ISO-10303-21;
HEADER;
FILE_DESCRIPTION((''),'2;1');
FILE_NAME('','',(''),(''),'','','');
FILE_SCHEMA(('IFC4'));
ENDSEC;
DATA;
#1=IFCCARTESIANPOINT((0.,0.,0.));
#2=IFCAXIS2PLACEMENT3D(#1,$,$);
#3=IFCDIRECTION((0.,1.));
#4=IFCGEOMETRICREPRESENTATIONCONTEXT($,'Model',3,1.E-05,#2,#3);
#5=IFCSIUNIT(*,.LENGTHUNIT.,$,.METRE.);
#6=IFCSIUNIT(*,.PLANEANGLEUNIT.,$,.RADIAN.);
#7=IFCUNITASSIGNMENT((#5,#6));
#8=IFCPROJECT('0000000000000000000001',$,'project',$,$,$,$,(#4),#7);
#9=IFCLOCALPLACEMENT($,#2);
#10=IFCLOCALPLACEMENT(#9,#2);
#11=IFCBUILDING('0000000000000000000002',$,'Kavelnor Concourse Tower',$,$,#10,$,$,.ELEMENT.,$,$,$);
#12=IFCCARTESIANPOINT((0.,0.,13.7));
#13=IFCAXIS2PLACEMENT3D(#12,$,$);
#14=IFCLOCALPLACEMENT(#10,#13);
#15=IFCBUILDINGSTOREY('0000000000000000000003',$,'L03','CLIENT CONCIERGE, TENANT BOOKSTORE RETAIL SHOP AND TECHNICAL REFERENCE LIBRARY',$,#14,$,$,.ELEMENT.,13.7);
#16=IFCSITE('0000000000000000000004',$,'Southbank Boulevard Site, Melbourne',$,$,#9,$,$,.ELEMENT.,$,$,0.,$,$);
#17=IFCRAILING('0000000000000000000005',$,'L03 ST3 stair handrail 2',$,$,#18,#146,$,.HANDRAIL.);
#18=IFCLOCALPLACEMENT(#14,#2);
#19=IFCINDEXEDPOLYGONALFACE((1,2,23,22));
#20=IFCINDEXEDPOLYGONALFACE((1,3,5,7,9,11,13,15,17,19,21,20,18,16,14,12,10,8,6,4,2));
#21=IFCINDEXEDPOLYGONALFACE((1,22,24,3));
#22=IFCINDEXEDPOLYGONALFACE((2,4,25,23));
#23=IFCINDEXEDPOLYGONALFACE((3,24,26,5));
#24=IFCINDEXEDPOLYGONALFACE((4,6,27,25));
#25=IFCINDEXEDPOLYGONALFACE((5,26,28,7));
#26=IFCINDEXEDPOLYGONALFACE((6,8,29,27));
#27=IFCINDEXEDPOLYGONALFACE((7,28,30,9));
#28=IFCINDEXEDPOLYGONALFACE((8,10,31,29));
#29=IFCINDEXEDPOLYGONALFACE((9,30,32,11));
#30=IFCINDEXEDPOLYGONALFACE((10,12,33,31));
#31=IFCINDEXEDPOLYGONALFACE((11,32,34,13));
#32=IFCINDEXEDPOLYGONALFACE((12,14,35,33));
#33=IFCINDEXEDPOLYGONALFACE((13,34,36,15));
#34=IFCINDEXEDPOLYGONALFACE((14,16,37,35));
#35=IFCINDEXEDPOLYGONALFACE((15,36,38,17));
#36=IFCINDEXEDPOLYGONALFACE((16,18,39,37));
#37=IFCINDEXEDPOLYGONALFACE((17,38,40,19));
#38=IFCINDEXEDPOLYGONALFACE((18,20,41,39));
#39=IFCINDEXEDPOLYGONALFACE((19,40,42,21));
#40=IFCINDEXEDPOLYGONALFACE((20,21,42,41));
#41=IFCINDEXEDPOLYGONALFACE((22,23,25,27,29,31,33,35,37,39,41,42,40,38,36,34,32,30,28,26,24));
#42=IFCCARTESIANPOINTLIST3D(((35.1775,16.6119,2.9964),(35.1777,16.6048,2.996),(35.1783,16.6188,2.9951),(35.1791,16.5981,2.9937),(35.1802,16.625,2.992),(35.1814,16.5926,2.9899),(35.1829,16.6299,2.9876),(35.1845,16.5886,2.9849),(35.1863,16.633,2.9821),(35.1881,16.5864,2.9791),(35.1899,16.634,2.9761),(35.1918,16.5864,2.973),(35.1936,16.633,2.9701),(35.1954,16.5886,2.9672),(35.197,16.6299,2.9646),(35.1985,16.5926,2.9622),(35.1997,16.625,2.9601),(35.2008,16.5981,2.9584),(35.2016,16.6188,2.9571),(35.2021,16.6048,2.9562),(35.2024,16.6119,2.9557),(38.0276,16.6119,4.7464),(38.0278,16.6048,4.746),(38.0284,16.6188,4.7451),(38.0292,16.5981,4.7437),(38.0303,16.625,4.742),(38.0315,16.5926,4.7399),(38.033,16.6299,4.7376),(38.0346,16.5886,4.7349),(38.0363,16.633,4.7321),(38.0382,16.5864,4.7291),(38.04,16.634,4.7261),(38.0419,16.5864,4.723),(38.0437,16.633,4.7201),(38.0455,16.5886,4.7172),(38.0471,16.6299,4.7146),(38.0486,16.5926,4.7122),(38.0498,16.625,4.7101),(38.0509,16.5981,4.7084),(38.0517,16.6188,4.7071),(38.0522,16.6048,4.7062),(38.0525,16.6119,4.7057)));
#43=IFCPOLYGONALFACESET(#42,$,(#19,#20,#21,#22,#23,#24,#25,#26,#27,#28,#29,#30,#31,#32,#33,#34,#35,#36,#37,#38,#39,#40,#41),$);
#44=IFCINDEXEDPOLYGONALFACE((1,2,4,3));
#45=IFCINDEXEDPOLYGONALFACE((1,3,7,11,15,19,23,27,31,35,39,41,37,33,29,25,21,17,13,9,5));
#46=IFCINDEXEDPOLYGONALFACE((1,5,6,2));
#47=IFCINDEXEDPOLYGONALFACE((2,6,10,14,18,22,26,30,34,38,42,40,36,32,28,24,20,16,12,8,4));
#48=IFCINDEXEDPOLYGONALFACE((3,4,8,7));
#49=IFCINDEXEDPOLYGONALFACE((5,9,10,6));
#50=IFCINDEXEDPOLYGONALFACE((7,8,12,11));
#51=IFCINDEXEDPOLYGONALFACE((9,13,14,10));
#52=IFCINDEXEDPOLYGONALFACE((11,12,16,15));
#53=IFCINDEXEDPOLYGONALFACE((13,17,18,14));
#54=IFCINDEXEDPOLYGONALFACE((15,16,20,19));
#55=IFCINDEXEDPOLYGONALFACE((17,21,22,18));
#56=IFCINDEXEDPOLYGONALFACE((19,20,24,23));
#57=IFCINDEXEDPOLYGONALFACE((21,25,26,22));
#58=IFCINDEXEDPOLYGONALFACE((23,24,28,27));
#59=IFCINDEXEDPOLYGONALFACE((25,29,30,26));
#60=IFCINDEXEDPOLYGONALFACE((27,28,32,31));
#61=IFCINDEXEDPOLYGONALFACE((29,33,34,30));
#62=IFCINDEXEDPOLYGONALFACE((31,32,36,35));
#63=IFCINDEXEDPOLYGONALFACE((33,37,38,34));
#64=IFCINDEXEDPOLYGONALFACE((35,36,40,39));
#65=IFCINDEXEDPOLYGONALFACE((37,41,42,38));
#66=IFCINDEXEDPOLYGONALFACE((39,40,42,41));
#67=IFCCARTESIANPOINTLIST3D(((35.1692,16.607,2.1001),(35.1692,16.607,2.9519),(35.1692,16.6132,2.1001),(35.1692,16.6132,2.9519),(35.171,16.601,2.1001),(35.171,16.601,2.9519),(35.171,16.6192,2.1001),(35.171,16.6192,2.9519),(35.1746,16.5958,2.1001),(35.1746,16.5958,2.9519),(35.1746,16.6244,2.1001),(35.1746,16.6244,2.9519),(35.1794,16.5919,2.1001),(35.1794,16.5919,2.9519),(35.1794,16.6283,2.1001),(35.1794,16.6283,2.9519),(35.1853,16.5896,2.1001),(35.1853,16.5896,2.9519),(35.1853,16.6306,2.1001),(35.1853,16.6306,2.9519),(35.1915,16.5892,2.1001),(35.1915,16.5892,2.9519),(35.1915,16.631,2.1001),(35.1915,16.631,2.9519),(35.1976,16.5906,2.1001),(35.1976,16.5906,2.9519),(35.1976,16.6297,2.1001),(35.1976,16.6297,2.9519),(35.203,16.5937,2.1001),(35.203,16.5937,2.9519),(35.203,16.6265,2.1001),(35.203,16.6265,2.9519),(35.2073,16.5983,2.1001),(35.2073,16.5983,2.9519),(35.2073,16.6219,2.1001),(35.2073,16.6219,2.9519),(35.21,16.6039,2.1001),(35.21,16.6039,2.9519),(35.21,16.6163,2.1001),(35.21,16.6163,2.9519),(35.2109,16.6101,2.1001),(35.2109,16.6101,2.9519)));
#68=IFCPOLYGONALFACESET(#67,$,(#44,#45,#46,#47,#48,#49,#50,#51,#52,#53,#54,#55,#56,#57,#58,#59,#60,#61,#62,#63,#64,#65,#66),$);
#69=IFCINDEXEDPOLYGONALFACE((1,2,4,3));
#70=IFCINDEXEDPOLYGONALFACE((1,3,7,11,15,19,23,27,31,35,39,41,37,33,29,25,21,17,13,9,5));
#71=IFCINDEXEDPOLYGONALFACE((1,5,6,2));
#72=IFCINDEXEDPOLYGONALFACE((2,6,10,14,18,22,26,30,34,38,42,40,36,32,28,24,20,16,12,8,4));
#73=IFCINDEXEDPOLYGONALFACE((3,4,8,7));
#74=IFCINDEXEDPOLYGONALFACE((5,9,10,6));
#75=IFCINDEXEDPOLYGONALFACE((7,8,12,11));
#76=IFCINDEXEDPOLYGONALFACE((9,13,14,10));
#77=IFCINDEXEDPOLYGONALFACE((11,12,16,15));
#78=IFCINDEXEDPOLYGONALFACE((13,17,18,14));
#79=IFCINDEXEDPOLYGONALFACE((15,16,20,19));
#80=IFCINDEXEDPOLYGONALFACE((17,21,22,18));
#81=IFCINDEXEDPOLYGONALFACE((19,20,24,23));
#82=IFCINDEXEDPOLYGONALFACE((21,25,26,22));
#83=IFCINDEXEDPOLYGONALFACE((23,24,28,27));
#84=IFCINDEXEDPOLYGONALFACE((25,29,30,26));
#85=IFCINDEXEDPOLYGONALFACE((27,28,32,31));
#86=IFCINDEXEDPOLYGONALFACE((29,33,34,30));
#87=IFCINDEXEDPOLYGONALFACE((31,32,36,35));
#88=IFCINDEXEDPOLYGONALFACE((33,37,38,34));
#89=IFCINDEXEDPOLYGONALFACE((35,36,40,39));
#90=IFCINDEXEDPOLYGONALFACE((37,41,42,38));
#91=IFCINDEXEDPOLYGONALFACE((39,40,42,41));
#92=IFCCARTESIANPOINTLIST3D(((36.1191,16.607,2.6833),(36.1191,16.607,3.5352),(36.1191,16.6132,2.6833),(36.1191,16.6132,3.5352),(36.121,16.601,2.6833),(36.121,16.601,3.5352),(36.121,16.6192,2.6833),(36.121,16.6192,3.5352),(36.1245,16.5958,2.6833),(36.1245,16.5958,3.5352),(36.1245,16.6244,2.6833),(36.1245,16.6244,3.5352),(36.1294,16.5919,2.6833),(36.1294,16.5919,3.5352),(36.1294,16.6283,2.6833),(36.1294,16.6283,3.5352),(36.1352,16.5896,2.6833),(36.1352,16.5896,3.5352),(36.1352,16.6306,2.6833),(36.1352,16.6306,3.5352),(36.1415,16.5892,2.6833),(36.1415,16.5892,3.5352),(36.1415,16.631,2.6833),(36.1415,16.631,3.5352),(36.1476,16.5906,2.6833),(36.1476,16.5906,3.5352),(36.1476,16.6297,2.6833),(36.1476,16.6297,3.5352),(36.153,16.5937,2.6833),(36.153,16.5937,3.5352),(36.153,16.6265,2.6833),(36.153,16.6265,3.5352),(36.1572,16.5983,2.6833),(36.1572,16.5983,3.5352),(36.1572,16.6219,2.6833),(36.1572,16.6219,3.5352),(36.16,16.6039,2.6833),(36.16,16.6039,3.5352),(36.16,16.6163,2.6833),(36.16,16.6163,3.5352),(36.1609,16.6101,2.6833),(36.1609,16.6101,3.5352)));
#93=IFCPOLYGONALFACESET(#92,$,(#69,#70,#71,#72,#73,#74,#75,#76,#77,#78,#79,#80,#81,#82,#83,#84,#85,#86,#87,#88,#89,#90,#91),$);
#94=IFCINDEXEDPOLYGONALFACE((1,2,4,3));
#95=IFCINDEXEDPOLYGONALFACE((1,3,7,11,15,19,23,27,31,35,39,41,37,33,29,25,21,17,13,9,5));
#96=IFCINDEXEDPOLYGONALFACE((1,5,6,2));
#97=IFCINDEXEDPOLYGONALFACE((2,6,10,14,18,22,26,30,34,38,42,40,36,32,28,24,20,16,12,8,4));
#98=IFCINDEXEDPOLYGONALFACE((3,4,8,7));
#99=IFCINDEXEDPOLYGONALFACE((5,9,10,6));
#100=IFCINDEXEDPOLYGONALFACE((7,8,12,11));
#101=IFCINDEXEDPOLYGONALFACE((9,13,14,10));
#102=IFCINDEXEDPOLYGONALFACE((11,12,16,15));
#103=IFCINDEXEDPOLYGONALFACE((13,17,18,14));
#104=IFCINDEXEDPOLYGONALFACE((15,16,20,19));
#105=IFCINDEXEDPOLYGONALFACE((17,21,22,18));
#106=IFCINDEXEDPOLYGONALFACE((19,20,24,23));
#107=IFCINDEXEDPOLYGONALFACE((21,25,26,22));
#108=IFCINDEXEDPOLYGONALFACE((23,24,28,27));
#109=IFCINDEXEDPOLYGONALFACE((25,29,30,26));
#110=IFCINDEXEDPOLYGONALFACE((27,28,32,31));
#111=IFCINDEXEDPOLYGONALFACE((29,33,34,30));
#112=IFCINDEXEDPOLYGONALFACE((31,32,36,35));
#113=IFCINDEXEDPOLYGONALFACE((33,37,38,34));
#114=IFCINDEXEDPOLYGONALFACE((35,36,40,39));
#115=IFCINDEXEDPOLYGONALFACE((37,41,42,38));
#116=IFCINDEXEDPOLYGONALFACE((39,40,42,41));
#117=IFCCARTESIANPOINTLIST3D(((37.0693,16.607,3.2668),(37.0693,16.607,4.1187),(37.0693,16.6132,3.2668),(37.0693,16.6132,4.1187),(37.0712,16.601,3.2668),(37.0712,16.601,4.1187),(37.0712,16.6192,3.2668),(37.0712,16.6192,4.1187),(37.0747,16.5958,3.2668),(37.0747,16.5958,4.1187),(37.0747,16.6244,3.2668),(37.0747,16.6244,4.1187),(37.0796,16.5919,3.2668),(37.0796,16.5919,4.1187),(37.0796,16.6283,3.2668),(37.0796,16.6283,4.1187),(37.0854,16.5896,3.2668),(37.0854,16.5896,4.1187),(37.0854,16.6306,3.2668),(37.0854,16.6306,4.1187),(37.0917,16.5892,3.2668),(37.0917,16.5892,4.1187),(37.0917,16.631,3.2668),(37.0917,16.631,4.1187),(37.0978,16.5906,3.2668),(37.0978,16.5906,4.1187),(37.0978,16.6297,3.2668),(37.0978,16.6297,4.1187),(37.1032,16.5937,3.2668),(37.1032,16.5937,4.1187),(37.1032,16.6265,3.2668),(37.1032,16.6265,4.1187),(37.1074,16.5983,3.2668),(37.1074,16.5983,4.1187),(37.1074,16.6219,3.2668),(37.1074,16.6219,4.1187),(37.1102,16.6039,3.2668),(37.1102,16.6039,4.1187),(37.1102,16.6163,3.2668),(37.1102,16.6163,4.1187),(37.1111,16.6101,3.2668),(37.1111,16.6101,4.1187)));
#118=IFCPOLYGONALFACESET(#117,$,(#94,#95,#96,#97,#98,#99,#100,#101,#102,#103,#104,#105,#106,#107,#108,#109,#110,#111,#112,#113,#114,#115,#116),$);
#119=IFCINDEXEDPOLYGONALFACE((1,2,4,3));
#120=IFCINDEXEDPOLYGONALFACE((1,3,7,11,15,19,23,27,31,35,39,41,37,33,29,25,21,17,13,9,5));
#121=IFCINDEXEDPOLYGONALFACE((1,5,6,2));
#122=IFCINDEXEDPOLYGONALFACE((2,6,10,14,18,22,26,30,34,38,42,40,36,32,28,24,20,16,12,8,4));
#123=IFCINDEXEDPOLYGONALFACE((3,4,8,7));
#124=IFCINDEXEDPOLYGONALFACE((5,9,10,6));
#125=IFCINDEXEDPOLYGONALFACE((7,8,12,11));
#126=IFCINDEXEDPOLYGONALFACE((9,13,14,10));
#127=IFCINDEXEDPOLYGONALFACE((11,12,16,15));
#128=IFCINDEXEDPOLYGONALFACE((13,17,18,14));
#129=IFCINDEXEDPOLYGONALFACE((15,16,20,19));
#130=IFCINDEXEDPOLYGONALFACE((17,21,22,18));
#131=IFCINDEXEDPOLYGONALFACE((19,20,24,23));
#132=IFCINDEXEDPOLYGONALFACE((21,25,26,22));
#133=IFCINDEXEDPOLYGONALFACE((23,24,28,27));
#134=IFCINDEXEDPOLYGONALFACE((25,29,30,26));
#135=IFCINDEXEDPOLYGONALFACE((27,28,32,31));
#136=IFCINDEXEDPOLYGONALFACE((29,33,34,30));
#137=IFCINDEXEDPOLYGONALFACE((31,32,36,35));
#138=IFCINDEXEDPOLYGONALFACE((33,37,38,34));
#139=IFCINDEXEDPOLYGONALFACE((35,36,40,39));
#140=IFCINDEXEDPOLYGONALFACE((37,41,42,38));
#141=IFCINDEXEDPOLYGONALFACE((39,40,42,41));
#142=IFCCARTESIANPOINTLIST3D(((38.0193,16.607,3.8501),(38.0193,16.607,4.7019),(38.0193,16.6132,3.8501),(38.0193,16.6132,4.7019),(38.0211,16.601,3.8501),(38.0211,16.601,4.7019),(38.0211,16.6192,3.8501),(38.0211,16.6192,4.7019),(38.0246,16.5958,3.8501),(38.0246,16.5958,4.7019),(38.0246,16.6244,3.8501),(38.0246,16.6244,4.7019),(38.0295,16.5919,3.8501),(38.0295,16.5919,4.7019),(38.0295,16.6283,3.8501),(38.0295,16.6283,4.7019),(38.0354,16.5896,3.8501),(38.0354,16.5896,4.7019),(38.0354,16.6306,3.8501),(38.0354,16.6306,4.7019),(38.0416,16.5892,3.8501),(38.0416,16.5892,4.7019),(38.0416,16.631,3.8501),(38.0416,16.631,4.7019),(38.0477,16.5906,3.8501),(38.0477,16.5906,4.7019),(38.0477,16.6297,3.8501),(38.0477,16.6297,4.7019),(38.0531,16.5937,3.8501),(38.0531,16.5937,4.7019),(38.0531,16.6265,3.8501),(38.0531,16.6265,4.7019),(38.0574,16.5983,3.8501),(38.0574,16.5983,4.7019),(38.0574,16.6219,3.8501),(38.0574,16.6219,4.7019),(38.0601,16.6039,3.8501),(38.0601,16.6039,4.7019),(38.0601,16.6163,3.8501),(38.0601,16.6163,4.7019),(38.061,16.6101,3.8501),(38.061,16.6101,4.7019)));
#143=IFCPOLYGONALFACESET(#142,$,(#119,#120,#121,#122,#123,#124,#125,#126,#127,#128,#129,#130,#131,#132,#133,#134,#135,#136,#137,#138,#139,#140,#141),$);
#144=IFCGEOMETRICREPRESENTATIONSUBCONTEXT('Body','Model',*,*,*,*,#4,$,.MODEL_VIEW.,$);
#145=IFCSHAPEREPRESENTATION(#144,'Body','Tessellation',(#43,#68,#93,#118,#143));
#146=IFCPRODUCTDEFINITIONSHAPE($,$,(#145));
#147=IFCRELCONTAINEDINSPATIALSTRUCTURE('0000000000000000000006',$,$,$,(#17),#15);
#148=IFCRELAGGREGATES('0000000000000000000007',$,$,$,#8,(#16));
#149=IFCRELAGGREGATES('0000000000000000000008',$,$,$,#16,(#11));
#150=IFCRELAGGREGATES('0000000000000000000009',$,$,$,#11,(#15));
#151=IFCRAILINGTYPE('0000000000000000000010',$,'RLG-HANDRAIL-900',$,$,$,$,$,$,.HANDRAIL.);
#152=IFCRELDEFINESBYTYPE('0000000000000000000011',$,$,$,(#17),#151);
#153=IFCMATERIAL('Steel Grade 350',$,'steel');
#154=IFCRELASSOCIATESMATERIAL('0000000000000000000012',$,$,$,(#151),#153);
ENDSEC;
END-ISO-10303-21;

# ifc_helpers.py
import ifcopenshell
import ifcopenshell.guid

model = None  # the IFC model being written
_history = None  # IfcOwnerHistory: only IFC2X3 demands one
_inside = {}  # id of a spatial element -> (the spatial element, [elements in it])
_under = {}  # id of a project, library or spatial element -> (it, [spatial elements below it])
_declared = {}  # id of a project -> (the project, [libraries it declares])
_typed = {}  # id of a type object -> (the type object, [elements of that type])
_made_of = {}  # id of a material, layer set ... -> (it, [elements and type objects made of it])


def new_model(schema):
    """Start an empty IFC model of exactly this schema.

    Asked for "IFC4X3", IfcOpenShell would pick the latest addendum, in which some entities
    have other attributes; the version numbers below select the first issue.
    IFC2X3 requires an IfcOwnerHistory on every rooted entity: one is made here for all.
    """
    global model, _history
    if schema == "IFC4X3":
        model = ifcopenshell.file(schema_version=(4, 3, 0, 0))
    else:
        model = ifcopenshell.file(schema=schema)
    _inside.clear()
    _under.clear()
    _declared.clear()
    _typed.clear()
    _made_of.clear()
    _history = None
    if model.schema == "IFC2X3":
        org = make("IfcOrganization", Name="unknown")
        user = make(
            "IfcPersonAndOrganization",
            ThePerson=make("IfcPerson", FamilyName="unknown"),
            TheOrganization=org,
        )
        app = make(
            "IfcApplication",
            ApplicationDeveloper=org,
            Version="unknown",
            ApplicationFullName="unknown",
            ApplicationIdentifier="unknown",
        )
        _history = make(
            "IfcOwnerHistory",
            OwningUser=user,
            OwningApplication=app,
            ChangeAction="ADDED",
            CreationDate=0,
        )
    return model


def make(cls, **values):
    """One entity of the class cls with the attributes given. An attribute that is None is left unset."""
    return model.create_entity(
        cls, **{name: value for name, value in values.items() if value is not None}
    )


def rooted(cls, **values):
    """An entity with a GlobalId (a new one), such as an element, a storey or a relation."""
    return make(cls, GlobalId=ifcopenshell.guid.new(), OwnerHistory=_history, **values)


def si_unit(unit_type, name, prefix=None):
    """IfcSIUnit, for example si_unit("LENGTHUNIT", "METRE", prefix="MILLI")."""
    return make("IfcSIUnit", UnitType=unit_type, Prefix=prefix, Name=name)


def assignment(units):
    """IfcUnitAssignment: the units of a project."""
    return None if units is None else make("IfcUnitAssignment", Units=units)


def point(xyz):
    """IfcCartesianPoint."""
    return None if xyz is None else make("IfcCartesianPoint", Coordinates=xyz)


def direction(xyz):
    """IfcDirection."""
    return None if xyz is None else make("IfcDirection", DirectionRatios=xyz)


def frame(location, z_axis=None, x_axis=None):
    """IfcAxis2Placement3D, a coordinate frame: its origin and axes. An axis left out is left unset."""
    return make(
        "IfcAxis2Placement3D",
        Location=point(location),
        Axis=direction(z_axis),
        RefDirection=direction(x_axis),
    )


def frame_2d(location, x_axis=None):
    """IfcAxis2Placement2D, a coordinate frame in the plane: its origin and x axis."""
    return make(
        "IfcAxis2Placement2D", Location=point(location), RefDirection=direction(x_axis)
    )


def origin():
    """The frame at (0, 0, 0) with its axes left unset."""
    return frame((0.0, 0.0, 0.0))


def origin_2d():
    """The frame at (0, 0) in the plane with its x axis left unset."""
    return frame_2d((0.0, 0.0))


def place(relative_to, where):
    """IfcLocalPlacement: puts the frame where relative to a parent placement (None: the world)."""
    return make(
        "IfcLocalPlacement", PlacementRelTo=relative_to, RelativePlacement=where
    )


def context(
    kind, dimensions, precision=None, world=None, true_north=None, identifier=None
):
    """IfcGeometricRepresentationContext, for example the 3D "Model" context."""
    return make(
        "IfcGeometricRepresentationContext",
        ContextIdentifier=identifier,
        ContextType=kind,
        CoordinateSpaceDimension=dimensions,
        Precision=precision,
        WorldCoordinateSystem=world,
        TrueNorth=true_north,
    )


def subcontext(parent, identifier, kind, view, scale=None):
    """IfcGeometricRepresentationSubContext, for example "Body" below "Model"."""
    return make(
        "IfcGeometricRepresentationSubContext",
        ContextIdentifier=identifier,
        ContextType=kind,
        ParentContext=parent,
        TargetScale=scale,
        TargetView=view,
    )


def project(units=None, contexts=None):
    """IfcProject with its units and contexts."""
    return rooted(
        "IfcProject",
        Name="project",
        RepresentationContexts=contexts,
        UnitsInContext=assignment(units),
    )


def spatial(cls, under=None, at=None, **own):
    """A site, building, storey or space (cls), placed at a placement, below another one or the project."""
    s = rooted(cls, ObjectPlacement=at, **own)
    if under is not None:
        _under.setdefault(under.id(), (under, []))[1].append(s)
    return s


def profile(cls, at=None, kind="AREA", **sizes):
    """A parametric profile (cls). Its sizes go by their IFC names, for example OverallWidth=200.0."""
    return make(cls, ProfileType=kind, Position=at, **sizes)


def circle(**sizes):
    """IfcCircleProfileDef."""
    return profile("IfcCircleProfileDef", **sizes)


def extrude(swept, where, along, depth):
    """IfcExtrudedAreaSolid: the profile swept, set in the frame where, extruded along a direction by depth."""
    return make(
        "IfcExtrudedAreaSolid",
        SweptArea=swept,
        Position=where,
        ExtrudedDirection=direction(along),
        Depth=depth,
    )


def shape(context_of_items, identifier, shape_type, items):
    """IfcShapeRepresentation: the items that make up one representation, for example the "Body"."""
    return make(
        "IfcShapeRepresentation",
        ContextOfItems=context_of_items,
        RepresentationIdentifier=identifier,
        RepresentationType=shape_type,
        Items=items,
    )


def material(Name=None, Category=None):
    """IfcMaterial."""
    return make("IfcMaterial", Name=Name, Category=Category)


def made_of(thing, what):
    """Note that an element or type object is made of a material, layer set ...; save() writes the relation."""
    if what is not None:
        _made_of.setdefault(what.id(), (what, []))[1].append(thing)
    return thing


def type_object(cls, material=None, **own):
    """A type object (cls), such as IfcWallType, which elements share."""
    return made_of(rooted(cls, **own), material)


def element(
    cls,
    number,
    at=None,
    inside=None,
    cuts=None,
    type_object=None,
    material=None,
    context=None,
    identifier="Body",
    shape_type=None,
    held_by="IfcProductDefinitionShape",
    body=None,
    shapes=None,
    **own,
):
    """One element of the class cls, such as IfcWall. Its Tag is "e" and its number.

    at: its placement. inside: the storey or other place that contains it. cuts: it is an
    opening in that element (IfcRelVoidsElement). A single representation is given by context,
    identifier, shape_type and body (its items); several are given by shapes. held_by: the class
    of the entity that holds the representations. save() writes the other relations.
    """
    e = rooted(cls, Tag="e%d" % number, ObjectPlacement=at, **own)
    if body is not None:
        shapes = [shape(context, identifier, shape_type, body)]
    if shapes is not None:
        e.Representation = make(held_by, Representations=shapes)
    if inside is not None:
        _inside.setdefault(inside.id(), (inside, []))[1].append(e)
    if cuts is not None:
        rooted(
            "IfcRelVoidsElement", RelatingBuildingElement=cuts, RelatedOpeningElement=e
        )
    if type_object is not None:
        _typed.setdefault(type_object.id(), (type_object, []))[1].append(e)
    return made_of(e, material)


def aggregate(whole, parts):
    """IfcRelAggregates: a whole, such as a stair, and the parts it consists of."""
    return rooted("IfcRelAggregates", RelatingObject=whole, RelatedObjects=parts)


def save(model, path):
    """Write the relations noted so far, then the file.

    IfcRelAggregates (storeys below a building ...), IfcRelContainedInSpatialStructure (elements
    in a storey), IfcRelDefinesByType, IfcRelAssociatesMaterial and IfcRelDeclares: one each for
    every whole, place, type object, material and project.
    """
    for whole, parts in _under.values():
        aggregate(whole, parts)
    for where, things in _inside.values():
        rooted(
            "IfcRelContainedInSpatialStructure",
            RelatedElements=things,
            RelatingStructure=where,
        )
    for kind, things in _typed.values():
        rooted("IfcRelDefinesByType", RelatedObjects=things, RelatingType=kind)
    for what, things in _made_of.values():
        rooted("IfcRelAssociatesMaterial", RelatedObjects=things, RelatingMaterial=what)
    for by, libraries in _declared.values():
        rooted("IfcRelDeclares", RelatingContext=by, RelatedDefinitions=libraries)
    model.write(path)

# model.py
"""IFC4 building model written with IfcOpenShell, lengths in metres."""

from ifc_helpers import new_model, si_unit, direction, frame, origin, origin_2d, place, context, subcontext, project, spatial, circle, extrude, material, type_object, element, save


model = new_model("IFC4")

# Units and contexts
model_context = context("Model", 3, precision=1e-05, world=origin(), true_north=direction((0.0, 1.0)))
body_context = subcontext(model_context, "Body", "Model", "MODEL_VIEW")
ifc_project = project(units=[si_unit("LENGTHUNIT", "METRE"), si_unit("PLANEANGLEUNIT", "RADIAN")], contexts=[model_context])

# Site, building, storey
site_placement = place(None, origin())
site = spatial("IfcSite", under=ifc_project, at=site_placement, Name="Southbank Boulevard Site, Melbourne", CompositionType="ELEMENT", RefElevation=0.0)
building_placement = place(site_placement, origin())
building = spatial("IfcBuilding", under=site, at=building_placement, Name="Kavelnor Concourse Tower", CompositionType="ELEMENT")
storey_placement = place(building_placement, frame((0.0, 0.0, 13.7)))
storey = spatial("IfcBuildingStorey", under=building, at=storey_placement, Name="L03", Description="CLIENT CONCIERGE, TENANT BOOKSTORE RETAIL SHOP AND TECHNICAL REFERENCE LIBRARY", CompositionType="ELEMENT", Elevation=13.7)

# Shared definitions
ifc_material_1 = material(Name="Steel Grade 350", Category="steel")

# Railing
railing_type_1 = type_object("IfcRailingType", Name="RLG-HANDRAIL-900", PredefinedType="HANDRAIL", material=ifc_material_1)
railing_1_placement = place(storey_placement, frame((35.1899, 16.6101, 2.1001)))
element("IfcRailing", 1, at=railing_1_placement, inside=storey, type_object=railing_type_1, Name="L03 ST3 stair handrail 2", PredefinedType="HANDRAIL", context=body_context, shape_type="SweptSolid", body=[
    extrude(circle(Radius=0.0239, at=origin_2d()), frame((0.0, 0.0, 0.876), z_axis=(0.852179, 0.0, 0.52325), x_axis=(0.0, 1.0, 0.0)), (0.0, 0.0, 1.0), 3.3445),
    extrude(circle(Radius=0.021, at=origin_2d()), origin(), (0.0, 0.0, 1.0), 0.8518),
    extrude(circle(Radius=0.021, at=origin_2d()), frame((0.95, 0.0, 0.5833)), (0.0, 0.0, 1.0), 0.8518),
    extrude(circle(Radius=0.021, at=origin_2d()), frame((1.9001, 0.0, 1.1667)), (0.0, 0.0, 1.0), 0.8518),
    extrude(circle(Radius=0.021, at=origin_2d()), frame((2.8501, 0.0, 1.75)), (0.0, 0.0, 1.0), 0.8518),
])

save(model, "model.ifc")
